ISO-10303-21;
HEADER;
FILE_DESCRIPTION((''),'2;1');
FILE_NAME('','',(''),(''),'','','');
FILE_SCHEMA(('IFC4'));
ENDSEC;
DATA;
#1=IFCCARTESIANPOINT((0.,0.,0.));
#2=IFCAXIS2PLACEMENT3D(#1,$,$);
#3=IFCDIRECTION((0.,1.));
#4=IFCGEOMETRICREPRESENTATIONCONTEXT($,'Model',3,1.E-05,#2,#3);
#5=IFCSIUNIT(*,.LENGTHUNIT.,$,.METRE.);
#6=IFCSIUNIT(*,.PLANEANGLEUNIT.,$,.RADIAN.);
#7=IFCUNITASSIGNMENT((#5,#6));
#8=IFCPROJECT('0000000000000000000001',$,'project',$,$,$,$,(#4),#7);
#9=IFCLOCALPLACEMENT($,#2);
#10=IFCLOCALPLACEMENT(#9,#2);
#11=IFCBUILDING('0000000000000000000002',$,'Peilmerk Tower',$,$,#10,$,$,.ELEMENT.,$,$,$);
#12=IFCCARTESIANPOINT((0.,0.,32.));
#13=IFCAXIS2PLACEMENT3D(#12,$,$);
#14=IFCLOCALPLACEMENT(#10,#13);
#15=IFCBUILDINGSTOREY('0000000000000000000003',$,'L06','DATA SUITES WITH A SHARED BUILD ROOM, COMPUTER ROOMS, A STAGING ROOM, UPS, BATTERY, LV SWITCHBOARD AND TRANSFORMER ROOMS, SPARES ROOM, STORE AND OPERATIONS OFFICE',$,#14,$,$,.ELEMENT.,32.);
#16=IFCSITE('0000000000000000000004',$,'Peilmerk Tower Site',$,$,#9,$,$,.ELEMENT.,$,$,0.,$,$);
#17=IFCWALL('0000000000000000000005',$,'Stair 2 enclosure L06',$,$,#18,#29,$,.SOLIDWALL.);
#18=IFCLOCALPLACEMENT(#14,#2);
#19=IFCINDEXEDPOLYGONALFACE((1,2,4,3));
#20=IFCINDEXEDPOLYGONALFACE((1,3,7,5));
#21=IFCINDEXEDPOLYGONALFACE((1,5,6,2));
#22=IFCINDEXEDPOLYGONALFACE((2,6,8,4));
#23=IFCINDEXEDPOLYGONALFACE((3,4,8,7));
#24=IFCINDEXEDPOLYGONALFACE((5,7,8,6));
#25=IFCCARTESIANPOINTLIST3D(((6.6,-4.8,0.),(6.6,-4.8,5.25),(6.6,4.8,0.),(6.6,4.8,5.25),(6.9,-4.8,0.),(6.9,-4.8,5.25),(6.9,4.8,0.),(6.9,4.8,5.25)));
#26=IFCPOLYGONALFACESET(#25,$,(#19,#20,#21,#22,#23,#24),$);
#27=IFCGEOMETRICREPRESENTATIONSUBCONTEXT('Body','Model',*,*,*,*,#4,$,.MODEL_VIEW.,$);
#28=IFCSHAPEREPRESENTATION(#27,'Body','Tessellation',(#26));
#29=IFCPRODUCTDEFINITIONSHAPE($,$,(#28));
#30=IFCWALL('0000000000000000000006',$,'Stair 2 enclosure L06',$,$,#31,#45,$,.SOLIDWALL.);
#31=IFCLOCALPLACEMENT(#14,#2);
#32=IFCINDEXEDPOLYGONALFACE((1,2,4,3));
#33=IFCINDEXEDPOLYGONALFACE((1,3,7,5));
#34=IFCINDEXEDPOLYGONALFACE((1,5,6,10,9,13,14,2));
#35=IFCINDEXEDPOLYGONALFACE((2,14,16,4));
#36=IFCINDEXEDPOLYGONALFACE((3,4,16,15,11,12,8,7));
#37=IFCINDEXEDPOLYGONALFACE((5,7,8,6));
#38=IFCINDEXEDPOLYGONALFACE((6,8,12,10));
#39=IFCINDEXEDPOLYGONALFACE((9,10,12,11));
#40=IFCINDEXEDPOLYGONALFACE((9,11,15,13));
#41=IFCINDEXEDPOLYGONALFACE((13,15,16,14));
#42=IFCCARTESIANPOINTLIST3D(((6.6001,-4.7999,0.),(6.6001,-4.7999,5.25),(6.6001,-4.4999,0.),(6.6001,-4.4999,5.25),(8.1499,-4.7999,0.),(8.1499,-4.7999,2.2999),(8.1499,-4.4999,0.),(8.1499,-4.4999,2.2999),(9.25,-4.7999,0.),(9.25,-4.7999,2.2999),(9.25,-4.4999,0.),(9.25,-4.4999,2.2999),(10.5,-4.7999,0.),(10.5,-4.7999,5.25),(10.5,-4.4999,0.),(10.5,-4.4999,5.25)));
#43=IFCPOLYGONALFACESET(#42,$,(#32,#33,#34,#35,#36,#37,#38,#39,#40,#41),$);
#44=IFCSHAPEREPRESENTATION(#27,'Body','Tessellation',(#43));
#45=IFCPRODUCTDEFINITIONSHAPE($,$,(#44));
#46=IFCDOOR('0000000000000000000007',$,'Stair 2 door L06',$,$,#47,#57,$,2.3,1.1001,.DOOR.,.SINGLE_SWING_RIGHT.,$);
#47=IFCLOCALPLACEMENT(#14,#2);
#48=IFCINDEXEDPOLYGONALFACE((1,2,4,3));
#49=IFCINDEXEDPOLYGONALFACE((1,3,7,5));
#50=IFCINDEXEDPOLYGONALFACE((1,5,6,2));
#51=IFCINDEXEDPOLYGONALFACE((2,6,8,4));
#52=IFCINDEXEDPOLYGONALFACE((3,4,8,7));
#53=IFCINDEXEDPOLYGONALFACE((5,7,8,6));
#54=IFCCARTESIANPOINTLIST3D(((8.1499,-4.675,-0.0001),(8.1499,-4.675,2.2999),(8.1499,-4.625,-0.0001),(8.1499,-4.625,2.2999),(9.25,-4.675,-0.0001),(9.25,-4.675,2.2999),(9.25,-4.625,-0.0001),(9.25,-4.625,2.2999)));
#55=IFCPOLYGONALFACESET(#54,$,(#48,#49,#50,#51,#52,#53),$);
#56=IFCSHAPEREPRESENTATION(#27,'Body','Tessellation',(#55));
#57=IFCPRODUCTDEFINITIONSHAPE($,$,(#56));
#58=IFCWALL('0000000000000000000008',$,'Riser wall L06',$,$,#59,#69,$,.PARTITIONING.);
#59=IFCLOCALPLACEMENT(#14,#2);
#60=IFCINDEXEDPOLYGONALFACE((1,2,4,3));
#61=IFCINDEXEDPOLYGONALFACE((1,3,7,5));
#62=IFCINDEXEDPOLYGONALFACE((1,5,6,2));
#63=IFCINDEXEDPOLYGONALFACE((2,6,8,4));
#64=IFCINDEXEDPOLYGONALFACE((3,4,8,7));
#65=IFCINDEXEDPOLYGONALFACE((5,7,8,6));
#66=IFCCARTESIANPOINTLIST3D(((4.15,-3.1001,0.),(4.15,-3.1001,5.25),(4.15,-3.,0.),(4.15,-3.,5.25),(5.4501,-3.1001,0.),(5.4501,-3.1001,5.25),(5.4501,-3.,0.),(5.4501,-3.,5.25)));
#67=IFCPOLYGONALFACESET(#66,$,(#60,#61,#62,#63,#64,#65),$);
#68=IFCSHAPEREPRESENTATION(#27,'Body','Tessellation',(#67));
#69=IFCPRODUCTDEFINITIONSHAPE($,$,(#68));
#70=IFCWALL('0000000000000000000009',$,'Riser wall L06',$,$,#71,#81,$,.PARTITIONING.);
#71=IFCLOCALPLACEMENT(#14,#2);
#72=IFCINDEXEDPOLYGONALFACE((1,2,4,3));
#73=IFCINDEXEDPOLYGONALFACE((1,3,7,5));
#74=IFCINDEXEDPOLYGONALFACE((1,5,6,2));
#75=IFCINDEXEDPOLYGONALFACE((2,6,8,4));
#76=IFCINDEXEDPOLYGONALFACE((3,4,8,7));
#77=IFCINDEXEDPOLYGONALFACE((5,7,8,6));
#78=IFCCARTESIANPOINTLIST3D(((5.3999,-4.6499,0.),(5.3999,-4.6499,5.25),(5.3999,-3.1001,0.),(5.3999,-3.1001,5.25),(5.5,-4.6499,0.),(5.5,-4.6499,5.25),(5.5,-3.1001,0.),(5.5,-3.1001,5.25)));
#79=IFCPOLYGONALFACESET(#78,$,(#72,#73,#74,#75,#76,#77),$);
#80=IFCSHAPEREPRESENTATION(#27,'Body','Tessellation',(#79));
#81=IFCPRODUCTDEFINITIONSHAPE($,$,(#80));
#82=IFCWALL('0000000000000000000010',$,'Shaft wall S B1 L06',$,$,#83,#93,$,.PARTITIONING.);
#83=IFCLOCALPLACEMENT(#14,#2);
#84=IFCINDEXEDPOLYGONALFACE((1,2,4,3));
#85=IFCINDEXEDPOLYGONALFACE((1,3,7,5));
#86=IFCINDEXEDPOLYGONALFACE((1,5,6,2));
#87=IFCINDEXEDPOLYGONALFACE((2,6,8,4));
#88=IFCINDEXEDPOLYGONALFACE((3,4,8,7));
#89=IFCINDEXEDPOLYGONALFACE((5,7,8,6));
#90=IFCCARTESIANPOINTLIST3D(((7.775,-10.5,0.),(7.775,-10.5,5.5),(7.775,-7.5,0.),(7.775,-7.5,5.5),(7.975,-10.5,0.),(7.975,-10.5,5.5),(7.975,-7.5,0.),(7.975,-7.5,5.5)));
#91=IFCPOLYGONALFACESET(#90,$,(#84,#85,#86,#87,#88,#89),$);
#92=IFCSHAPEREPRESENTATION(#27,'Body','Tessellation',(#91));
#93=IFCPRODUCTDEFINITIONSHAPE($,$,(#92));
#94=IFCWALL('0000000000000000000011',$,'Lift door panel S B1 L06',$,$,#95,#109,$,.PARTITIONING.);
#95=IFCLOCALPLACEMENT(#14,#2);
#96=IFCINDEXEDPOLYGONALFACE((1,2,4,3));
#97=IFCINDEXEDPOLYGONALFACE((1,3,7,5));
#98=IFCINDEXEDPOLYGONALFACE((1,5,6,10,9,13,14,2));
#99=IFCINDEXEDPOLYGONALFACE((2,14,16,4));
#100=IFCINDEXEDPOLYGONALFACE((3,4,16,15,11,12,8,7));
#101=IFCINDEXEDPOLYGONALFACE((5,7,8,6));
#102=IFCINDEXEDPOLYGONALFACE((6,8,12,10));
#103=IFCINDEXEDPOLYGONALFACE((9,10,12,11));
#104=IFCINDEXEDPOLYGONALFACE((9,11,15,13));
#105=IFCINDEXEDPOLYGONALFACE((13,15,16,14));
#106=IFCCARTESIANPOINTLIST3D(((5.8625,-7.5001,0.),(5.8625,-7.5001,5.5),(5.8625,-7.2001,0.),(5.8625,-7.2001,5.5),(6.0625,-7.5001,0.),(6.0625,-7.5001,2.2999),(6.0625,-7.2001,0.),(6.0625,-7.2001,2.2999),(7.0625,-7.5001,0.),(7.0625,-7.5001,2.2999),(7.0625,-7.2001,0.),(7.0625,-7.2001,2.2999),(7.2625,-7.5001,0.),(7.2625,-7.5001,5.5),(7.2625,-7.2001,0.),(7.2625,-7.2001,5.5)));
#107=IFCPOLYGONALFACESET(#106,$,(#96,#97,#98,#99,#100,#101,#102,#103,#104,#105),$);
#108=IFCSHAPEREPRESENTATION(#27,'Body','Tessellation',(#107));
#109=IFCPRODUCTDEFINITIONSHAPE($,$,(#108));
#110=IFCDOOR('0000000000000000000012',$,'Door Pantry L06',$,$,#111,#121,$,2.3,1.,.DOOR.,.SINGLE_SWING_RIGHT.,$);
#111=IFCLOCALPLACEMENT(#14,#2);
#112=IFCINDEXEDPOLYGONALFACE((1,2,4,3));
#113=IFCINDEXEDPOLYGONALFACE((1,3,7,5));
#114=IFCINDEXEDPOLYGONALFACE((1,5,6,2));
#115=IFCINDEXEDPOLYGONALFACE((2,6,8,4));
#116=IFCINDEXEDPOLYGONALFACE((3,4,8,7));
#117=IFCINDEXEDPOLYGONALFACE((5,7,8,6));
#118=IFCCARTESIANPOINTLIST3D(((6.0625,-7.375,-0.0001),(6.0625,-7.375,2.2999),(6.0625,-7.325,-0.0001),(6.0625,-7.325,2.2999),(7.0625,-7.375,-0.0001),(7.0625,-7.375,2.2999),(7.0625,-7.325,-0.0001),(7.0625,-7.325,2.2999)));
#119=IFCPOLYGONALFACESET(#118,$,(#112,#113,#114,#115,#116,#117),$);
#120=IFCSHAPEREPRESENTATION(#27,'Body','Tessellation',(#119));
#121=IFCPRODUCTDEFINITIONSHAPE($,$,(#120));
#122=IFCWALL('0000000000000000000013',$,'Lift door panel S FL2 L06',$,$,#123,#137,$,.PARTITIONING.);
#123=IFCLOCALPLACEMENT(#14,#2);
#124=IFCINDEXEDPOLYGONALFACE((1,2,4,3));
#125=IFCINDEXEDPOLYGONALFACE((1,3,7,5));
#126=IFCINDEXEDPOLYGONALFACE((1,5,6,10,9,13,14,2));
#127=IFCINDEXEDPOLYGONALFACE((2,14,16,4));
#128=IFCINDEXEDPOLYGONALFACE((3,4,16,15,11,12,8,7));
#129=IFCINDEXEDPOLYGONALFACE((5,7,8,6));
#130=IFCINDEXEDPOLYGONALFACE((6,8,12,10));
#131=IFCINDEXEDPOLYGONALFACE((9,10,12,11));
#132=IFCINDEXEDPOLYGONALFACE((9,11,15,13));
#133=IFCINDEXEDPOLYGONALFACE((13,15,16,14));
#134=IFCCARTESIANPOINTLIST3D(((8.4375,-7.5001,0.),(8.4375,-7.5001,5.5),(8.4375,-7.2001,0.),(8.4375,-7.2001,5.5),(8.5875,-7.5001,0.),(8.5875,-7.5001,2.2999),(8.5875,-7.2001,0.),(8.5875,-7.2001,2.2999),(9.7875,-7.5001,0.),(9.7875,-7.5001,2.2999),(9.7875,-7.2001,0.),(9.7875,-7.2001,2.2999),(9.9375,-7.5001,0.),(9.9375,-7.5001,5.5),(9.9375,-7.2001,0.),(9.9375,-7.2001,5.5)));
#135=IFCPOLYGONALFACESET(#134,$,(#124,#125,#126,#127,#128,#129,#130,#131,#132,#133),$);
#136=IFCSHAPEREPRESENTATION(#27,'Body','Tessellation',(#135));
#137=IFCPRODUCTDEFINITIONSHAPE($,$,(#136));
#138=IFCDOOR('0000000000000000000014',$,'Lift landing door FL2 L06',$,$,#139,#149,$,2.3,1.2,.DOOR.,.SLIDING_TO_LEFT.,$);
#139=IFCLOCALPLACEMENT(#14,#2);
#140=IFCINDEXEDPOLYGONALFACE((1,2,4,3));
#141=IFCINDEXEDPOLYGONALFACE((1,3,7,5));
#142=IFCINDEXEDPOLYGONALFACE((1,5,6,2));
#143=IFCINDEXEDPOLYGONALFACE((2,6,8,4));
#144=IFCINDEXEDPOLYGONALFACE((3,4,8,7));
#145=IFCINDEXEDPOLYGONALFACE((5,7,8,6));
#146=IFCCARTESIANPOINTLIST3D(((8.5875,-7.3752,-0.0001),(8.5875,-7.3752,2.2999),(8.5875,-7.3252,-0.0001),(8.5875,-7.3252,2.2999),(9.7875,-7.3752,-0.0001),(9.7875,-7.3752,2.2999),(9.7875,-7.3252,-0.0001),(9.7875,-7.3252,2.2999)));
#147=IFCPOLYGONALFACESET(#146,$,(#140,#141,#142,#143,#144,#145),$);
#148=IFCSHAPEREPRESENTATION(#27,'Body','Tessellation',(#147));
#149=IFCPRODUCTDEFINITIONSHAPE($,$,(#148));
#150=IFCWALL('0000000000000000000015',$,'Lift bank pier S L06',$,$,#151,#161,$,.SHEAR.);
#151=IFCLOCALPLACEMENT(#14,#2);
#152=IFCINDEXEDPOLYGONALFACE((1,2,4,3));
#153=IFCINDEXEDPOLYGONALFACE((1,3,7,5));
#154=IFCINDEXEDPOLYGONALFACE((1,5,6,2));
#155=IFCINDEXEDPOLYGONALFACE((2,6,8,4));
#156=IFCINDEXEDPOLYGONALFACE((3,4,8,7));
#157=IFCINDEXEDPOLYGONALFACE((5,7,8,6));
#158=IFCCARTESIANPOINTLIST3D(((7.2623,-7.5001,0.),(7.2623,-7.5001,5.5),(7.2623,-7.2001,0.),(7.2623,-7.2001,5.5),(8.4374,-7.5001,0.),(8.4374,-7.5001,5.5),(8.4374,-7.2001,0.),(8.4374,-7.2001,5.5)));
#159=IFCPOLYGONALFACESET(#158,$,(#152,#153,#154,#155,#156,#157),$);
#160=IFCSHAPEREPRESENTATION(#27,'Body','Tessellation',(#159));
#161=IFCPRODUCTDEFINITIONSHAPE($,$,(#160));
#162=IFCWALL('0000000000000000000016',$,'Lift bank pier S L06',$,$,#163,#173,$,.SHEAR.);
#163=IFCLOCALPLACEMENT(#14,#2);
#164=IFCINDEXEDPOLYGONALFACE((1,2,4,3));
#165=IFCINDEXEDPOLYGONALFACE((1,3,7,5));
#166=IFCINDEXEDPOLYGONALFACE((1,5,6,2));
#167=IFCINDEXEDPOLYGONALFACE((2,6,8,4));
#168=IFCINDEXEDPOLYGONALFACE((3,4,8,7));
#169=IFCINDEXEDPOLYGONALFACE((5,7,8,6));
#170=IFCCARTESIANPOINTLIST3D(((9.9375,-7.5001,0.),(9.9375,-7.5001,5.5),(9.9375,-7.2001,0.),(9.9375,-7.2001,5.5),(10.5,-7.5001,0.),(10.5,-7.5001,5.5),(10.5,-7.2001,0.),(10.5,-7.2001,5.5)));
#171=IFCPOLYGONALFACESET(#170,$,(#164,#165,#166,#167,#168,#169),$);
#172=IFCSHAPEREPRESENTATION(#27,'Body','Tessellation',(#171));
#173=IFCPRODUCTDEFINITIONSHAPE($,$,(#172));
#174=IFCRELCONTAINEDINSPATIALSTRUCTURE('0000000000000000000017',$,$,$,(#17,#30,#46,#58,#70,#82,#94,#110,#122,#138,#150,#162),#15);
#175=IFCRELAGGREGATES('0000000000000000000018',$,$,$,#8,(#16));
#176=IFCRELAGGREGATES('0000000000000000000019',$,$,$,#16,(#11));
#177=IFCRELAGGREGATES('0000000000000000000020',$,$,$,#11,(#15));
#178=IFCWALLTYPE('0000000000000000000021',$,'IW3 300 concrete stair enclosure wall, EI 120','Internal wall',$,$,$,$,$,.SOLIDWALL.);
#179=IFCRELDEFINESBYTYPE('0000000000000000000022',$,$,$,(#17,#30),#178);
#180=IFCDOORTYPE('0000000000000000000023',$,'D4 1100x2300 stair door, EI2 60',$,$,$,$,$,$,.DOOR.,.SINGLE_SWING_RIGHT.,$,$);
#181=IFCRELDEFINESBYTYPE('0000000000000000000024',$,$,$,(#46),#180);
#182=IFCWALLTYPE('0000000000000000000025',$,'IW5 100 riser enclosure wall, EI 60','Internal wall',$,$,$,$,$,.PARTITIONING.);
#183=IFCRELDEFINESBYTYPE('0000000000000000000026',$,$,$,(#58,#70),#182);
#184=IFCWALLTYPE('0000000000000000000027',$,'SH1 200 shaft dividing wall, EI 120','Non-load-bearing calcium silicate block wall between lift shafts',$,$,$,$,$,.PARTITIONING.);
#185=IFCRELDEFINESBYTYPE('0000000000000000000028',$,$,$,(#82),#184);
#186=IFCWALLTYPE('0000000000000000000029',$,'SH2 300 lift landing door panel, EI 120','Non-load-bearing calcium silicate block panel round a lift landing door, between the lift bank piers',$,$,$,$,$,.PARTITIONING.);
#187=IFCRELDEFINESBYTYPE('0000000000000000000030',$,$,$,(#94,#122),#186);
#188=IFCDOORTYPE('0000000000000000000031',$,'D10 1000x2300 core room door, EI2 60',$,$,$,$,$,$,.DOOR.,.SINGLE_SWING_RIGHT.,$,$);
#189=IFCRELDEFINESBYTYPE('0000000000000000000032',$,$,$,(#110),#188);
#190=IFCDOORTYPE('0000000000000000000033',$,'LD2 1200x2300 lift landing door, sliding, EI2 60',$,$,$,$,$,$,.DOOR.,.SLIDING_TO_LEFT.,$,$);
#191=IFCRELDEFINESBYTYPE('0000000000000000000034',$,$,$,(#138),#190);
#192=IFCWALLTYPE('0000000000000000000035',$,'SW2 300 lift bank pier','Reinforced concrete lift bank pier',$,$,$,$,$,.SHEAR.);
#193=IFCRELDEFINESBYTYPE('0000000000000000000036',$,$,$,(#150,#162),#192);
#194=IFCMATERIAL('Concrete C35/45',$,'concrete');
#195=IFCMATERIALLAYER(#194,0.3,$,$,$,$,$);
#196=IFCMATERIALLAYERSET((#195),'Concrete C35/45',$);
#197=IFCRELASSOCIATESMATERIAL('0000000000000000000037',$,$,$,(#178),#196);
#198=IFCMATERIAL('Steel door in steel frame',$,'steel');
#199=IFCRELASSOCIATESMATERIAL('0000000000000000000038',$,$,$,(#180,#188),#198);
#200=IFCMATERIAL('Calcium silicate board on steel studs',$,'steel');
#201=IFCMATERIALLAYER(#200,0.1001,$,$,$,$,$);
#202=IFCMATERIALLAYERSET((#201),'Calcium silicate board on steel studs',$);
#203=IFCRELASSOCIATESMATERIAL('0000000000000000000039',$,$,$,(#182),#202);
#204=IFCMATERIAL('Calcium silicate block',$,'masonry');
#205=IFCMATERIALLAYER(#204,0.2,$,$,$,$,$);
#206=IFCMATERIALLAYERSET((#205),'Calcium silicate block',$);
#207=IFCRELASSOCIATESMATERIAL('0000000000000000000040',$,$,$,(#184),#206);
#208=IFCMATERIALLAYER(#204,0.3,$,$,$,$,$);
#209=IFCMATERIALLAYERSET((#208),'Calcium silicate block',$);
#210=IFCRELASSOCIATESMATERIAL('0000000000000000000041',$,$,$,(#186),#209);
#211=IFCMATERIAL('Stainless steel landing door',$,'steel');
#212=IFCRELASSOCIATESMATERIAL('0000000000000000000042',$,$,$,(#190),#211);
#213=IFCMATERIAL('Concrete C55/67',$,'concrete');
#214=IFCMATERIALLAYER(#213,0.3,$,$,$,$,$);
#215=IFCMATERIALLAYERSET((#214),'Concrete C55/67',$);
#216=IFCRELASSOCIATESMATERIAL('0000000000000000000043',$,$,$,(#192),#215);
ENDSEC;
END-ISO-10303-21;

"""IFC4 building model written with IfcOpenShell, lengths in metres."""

from ifc_helpers import new_model, si_unit, direction, frame, frame_2d, origin, place, context, subcontext, project, spatial, rectangle, extrude, material, layer, layer_set, type_object, element, fill, save


model = new_model("IFC4")

# Units and contexts
model_context = context("Model", 3, precision=1e-05, world=origin(), true_north=direction((0.0, 1.0)))
body_context = subcontext(model_context, "Body", "Model", "MODEL_VIEW")
ifc_project = project(units=[si_unit("LENGTHUNIT", "METRE"), si_unit("PLANEANGLEUNIT", "RADIAN")], contexts=[model_context])

# Site, building, storey
site_placement = place(None, origin())
site = spatial("IfcSite", under=ifc_project, at=site_placement, Name="Peilmerk Tower Site", CompositionType="ELEMENT", RefElevation=0.0)
building_placement = place(site_placement, origin())
building = spatial("IfcBuilding", under=site, at=building_placement, Name="Peilmerk Tower", CompositionType="ELEMENT")
storey_placement = place(building_placement, frame((0.0, 0.0, 32.0)))
storey = spatial("IfcBuildingStorey", under=building, at=storey_placement, Name="L06", Description="DATA SUITES WITH A SHARED BUILD ROOM, COMPUTER ROOMS, A STAGING ROOM, UPS, BATTERY, LV SWITCHBOARD AND TRANSFORMER ROOMS, SPARES ROOM, STORE AND OPERATIONS OFFICE", CompositionType="ELEMENT", Elevation=32.0)

# Wall
ifc_material_1 = material(Name="Concrete C35/45", Category="concrete")
ifc_layer_1 = layer(ifc_material_1, 0.3)
ifc_layer_set_1 = layer_set([ifc_layer_1], Name="Concrete C35/45")
wall_type_1 = type_object("IfcWallType", Name="IW3 300 concrete stair enclosure wall, EI 120", Description="Internal wall", PredefinedType="SOLIDWALL", material=ifc_layer_set_1)
wall_1_placement = place(storey_placement, frame((6.75, -4.8, 0.0), z_axis=(0.0, 0.0, 1.0), x_axis=(0.0, 1.0, 0.0)))
element("IfcWall", 1, at=wall_1_placement, inside=storey, type_object=wall_type_1, Name="Stair 2 enclosure L06", PredefinedType="SOLIDWALL", context=body_context, shape_type="SweptSolid", body=[
    extrude(rectangle(XDim=9.6001, YDim=0.3, at=frame_2d((4.8, 0.0))), origin(), (0.0, 0.0, 1.0), 5.25),
])

# Wall, opening, door
wall_2_placement = place(storey_placement, frame((10.5, -4.6499, 0.0), z_axis=(0.0, 0.0, 1.0), x_axis=(-1.0, 0.0, 0.0)))
wall_2 = element("IfcWall", 2, at=wall_2_placement, inside=storey, type_object=wall_type_1, Name="Stair 2 enclosure L06", PredefinedType="SOLIDWALL", context=body_context, shape_type="SweptSolid", body=[
    extrude(rectangle(XDim=3.8999, YDim=0.3, at=frame_2d((1.95, 0.0))), origin(), (0.0, 0.0, 1.0), 5.25),
])
opening_1_placement = place(wall_2_placement, frame((1.25, 0.0, 0.0)))
opening_1 = element("IfcOpeningElement", 3, at=opening_1_placement, cuts=wall_2, PredefinedType="OPENING", context=body_context, shape_type="SweptSolid", body=[
    extrude(rectangle(XDim=1.1001, YDim=2.3, at=frame_2d((0.55, 1.1499))), frame((0.0, 0.1599, 0.0), z_axis=(0.0, -1.0, 0.0), x_axis=(1.0, 0.0, 0.0)), (0.0, 0.0, 1.0), 0.3201),
])
ifc_material_2 = material(Name="Steel door in steel frame", Category="steel")
door_type_1 = type_object("IfcDoorType", Name="D4 1100x2300 stair door, EI2 60", OperationType="SINGLE_SWING_RIGHT", PredefinedType="DOOR", material=ifc_material_2)
door_1_placement = place(opening_1_placement, frame((1.1001, 0.0, 0.0), z_axis=(0.0, 0.0, 1.0), x_axis=(-1.0, 0.0, 0.0)))
door_1 = element("IfcDoor", 4, at=door_1_placement, inside=storey, type_object=door_type_1, Name="Stair 2 door L06", OperationType="SINGLE_SWING_RIGHT", OverallHeight=2.3, OverallWidth=1.1001, PredefinedType="DOOR", context=body_context, shape_type="SweptSolid", body=[
    extrude(rectangle(XDim=1.1001, YDim=2.3, at=frame_2d((0.55, 1.1499))), frame((0.0, 0.0249, 0.0), z_axis=(0.0, -1.0, 0.0), x_axis=(1.0, 0.0, 0.0)), (0.0, 0.0, 1.0), 0.05),
])
fill(opening_1, door_1)

# Walls
ifc_material_3 = material(Name="Calcium silicate board on steel studs", Category="steel")
ifc_layer_2 = layer(ifc_material_3, 0.1001)
ifc_layer_set_2 = layer_set([ifc_layer_2], Name="Calcium silicate board on steel studs")
wall_type_2 = type_object("IfcWallType", Name="IW5 100 riser enclosure wall, EI 60", Description="Internal wall", PredefinedType="PARTITIONING", material=ifc_layer_set_2)
wall_3_placement = place(storey_placement, frame((5.45, -3.05, 0.0), z_axis=(0.0, 0.0, 1.0), x_axis=(-1.0, 0.0, 0.0)))
element("IfcWall", 5, at=wall_3_placement, inside=storey, type_object=wall_type_2, Name="Riser wall L06", PredefinedType="PARTITIONING", context=body_context, shape_type="SweptSolid", body=[
    extrude(rectangle(XDim=1.3, YDim=0.1001, at=frame_2d((0.6499, 0.0))), origin(), (0.0, 0.0, 1.0), 5.25),
])
wall_4_placement = place(storey_placement, frame((5.45, -3.1001, 0.0), z_axis=(0.0, 0.0, 1.0), x_axis=(0.0, -1.0, 0.0)))
element("IfcWall", 6, at=wall_4_placement, inside=storey, type_object=wall_type_2, Name="Riser wall L06", PredefinedType="PARTITIONING", context=body_context, shape_type="SweptSolid", body=[
    extrude(rectangle(XDim=1.5498, YDim=0.1001, at=frame_2d((0.7749, 0.0))), origin(), (0.0, 0.0, 1.0), 5.25),
])
ifc_material_4 = material(Name="Calcium silicate block", Category="masonry")
ifc_layer_3 = layer(ifc_material_4, 0.2)
ifc_layer_set_3 = layer_set([ifc_layer_3], Name="Calcium silicate block")
wall_type_3 = type_object("IfcWallType", Name="SH1 200 shaft dividing wall, EI 120", Description="Non-load-bearing calcium silicate block wall between lift shafts", PredefinedType="PARTITIONING", material=ifc_layer_set_3)
wall_5_placement = place(storey_placement, frame((7.875, -10.5, 0.0), z_axis=(0.0, 0.0, 1.0), x_axis=(0.0, 1.0, 0.0)))
element("IfcWall", 7, at=wall_5_placement, inside=storey, type_object=wall_type_3, Name="Shaft wall S B1 L06", PredefinedType="PARTITIONING", context=body_context, shape_type="SweptSolid", body=[
    extrude(rectangle(XDim=3.0, YDim=0.2, at=frame_2d((1.5, 0.0))), origin(), (0.0, 0.0, 1.0), 5.5),
])

# Walls, openings, doors
ifc_layer_4 = layer(ifc_material_4, 0.3)
ifc_layer_set_4 = layer_set([ifc_layer_4], Name="Calcium silicate block")
wall_type_4 = type_object("IfcWallType", Name="SH2 300 lift landing door panel, EI 120", Description="Non-load-bearing calcium silicate block panel round a lift landing door, between the lift bank piers", PredefinedType="PARTITIONING", material=ifc_layer_set_4)
wall_6_placement = place(storey_placement, frame((5.8625, -7.3501, 0.0), z_axis=(0.0, 0.0, 1.0), x_axis=(1.0, 0.0, 0.0)))
wall_6 = element("IfcWall", 8, at=wall_6_placement, inside=storey, type_object=wall_type_4, Name="Lift door panel S B1 L06", PredefinedType="PARTITIONING", context=body_context, shape_type="SweptSolid", body=[
    extrude(rectangle(XDim=1.3999, YDim=0.3, at=frame_2d((0.7, 0.0))), origin(), (0.0, 0.0, 1.0), 5.5),
])
opening_2_placement = place(wall_6_placement, frame((0.2, 0.0, 0.0)))
opening_2 = element("IfcOpeningElement", 9, at=opening_2_placement, cuts=wall_6, PredefinedType="OPENING", context=body_context, shape_type="SweptSolid", body=[
    extrude(rectangle(XDim=1.0, YDim=2.3, at=frame_2d((0.5, 1.1499))), frame((0.0, 0.1599, 0.0), z_axis=(0.0, -1.0, 0.0), x_axis=(1.0, 0.0, 0.0)), (0.0, 0.0, 1.0), 0.3201),
])
door_type_2 = type_object("IfcDoorType", Name="D10 1000x2300 core room door, EI2 60", OperationType="SINGLE_SWING_RIGHT", PredefinedType="DOOR", material=ifc_material_2)
door_2_placement = place(opening_2_placement, frame((1.0, 0.0, 0.0), z_axis=(0.0, 0.0, 1.0), x_axis=(-1.0, 0.0, 0.0)))
door_2 = element("IfcDoor", 10, at=door_2_placement, inside=storey, type_object=door_type_2, Name="Door Pantry L06", OperationType="SINGLE_SWING_RIGHT", OverallHeight=2.3, OverallWidth=1.0, PredefinedType="DOOR", context=body_context, shape_type="SweptSolid", body=[
    extrude(rectangle(XDim=1.0, YDim=2.3, at=frame_2d((0.5, 1.1499))), frame((0.0, 0.0249, 0.0), z_axis=(0.0, -1.0, 0.0), x_axis=(1.0, 0.0, 0.0)), (0.0, 0.0, 1.0), 0.05),
])
fill(opening_2, door_2)
wall_7_placement = place(storey_placement, frame((8.4375, -7.3501, 0.0), z_axis=(0.0, 0.0, 1.0), x_axis=(1.0, 0.0, 0.0)))
wall_7 = element("IfcWall", 11, at=wall_7_placement, inside=storey, type_object=wall_type_4, Name="Lift door panel S FL2 L06", PredefinedType="PARTITIONING", context=body_context, shape_type="SweptSolid", body=[
    extrude(rectangle(XDim=1.5, YDim=0.3, at=frame_2d((0.75, 0.0))), origin(), (0.0, 0.0, 1.0), 5.5),
])
opening_3_placement = place(wall_7_placement, frame((0.1499, 0.0, 0.0)))
opening_3 = element("IfcOpeningElement", 12, at=opening_3_placement, cuts=wall_7, PredefinedType="OPENING", context=body_context, shape_type="SweptSolid", body=[
    extrude(rectangle(XDim=1.2, YDim=2.3, at=frame_2d((0.6001, 1.1499))), frame((0.0, 0.1599, 0.0), z_axis=(0.0, -1.0, 0.0), x_axis=(1.0, 0.0, 0.0)), (0.0, 0.0, 1.0), 0.3201),
])
ifc_material_5 = material(Name="Stainless steel landing door", Category="steel")
door_type_3 = type_object("IfcDoorType", Name="LD2 1200x2300 lift landing door, sliding, EI2 60", OperationType="SLIDING_TO_LEFT", PredefinedType="DOOR", material=ifc_material_5)
door_3_placement = place(opening_3_placement, origin())
door_3 = element("IfcDoor", 13, at=door_3_placement, inside=storey, type_object=door_type_3, Name="Lift landing door FL2 L06", OperationType="SLIDING_TO_LEFT", OverallHeight=2.3, OverallWidth=1.2, PredefinedType="DOOR", context=body_context, shape_type="SweptSolid", body=[
    extrude(rectangle(XDim=1.2, YDim=2.3, at=frame_2d((0.6001, 1.1499))), frame((0.0, 0.0249, 0.0), z_axis=(0.0, -1.0, 0.0), x_axis=(1.0, 0.0, 0.0)), (0.0, 0.0, 1.0), 0.05),
])
fill(opening_3, door_3)

# Walls
ifc_material_6 = material(Name="Concrete C55/67", Category="concrete")
ifc_layer_5 = layer(ifc_material_6, 0.3)
ifc_layer_set_5 = layer_set([ifc_layer_5], Name="Concrete C55/67")
wall_type_5 = type_object("IfcWallType", Name="SW2 300 lift bank pier", Description="Reinforced concrete lift bank pier", PredefinedType="SHEAR", material=ifc_layer_set_5)
wall_8_placement = place(storey_placement, frame((7.2625, -7.3501, 0.0), z_axis=(0.0, 0.0, 1.0), x_axis=(1.0, 0.0, 0.0)))
element("IfcWall", 14, at=wall_8_placement, inside=storey, type_object=wall_type_5, Name="Lift bank pier S L06", PredefinedType="SHEAR", context=body_context, shape_type="SweptSolid", body=[
    extrude(rectangle(XDim=1.175, YDim=0.3, at=frame_2d((0.5874, 0.0))), origin(), (0.0, 0.0, 1.0), 5.5),
])
wall_9_placement = place(storey_placement, frame((9.9375, -7.3501, 0.0), z_axis=(0.0, 0.0, 1.0), x_axis=(1.0, 0.0, 0.0)))
element("IfcWall", 15, at=wall_9_placement, inside=storey, type_object=wall_type_5, Name="Lift bank pier S L06", PredefinedType="SHEAR", context=body_context, shape_type="SweptSolid", body=[
    extrude(rectangle(XDim=0.5625, YDim=0.3, at=frame_2d((0.2812, 0.0))), origin(), (0.0, 0.0, 1.0), 5.5),
])

save(model, "model.ifc")
